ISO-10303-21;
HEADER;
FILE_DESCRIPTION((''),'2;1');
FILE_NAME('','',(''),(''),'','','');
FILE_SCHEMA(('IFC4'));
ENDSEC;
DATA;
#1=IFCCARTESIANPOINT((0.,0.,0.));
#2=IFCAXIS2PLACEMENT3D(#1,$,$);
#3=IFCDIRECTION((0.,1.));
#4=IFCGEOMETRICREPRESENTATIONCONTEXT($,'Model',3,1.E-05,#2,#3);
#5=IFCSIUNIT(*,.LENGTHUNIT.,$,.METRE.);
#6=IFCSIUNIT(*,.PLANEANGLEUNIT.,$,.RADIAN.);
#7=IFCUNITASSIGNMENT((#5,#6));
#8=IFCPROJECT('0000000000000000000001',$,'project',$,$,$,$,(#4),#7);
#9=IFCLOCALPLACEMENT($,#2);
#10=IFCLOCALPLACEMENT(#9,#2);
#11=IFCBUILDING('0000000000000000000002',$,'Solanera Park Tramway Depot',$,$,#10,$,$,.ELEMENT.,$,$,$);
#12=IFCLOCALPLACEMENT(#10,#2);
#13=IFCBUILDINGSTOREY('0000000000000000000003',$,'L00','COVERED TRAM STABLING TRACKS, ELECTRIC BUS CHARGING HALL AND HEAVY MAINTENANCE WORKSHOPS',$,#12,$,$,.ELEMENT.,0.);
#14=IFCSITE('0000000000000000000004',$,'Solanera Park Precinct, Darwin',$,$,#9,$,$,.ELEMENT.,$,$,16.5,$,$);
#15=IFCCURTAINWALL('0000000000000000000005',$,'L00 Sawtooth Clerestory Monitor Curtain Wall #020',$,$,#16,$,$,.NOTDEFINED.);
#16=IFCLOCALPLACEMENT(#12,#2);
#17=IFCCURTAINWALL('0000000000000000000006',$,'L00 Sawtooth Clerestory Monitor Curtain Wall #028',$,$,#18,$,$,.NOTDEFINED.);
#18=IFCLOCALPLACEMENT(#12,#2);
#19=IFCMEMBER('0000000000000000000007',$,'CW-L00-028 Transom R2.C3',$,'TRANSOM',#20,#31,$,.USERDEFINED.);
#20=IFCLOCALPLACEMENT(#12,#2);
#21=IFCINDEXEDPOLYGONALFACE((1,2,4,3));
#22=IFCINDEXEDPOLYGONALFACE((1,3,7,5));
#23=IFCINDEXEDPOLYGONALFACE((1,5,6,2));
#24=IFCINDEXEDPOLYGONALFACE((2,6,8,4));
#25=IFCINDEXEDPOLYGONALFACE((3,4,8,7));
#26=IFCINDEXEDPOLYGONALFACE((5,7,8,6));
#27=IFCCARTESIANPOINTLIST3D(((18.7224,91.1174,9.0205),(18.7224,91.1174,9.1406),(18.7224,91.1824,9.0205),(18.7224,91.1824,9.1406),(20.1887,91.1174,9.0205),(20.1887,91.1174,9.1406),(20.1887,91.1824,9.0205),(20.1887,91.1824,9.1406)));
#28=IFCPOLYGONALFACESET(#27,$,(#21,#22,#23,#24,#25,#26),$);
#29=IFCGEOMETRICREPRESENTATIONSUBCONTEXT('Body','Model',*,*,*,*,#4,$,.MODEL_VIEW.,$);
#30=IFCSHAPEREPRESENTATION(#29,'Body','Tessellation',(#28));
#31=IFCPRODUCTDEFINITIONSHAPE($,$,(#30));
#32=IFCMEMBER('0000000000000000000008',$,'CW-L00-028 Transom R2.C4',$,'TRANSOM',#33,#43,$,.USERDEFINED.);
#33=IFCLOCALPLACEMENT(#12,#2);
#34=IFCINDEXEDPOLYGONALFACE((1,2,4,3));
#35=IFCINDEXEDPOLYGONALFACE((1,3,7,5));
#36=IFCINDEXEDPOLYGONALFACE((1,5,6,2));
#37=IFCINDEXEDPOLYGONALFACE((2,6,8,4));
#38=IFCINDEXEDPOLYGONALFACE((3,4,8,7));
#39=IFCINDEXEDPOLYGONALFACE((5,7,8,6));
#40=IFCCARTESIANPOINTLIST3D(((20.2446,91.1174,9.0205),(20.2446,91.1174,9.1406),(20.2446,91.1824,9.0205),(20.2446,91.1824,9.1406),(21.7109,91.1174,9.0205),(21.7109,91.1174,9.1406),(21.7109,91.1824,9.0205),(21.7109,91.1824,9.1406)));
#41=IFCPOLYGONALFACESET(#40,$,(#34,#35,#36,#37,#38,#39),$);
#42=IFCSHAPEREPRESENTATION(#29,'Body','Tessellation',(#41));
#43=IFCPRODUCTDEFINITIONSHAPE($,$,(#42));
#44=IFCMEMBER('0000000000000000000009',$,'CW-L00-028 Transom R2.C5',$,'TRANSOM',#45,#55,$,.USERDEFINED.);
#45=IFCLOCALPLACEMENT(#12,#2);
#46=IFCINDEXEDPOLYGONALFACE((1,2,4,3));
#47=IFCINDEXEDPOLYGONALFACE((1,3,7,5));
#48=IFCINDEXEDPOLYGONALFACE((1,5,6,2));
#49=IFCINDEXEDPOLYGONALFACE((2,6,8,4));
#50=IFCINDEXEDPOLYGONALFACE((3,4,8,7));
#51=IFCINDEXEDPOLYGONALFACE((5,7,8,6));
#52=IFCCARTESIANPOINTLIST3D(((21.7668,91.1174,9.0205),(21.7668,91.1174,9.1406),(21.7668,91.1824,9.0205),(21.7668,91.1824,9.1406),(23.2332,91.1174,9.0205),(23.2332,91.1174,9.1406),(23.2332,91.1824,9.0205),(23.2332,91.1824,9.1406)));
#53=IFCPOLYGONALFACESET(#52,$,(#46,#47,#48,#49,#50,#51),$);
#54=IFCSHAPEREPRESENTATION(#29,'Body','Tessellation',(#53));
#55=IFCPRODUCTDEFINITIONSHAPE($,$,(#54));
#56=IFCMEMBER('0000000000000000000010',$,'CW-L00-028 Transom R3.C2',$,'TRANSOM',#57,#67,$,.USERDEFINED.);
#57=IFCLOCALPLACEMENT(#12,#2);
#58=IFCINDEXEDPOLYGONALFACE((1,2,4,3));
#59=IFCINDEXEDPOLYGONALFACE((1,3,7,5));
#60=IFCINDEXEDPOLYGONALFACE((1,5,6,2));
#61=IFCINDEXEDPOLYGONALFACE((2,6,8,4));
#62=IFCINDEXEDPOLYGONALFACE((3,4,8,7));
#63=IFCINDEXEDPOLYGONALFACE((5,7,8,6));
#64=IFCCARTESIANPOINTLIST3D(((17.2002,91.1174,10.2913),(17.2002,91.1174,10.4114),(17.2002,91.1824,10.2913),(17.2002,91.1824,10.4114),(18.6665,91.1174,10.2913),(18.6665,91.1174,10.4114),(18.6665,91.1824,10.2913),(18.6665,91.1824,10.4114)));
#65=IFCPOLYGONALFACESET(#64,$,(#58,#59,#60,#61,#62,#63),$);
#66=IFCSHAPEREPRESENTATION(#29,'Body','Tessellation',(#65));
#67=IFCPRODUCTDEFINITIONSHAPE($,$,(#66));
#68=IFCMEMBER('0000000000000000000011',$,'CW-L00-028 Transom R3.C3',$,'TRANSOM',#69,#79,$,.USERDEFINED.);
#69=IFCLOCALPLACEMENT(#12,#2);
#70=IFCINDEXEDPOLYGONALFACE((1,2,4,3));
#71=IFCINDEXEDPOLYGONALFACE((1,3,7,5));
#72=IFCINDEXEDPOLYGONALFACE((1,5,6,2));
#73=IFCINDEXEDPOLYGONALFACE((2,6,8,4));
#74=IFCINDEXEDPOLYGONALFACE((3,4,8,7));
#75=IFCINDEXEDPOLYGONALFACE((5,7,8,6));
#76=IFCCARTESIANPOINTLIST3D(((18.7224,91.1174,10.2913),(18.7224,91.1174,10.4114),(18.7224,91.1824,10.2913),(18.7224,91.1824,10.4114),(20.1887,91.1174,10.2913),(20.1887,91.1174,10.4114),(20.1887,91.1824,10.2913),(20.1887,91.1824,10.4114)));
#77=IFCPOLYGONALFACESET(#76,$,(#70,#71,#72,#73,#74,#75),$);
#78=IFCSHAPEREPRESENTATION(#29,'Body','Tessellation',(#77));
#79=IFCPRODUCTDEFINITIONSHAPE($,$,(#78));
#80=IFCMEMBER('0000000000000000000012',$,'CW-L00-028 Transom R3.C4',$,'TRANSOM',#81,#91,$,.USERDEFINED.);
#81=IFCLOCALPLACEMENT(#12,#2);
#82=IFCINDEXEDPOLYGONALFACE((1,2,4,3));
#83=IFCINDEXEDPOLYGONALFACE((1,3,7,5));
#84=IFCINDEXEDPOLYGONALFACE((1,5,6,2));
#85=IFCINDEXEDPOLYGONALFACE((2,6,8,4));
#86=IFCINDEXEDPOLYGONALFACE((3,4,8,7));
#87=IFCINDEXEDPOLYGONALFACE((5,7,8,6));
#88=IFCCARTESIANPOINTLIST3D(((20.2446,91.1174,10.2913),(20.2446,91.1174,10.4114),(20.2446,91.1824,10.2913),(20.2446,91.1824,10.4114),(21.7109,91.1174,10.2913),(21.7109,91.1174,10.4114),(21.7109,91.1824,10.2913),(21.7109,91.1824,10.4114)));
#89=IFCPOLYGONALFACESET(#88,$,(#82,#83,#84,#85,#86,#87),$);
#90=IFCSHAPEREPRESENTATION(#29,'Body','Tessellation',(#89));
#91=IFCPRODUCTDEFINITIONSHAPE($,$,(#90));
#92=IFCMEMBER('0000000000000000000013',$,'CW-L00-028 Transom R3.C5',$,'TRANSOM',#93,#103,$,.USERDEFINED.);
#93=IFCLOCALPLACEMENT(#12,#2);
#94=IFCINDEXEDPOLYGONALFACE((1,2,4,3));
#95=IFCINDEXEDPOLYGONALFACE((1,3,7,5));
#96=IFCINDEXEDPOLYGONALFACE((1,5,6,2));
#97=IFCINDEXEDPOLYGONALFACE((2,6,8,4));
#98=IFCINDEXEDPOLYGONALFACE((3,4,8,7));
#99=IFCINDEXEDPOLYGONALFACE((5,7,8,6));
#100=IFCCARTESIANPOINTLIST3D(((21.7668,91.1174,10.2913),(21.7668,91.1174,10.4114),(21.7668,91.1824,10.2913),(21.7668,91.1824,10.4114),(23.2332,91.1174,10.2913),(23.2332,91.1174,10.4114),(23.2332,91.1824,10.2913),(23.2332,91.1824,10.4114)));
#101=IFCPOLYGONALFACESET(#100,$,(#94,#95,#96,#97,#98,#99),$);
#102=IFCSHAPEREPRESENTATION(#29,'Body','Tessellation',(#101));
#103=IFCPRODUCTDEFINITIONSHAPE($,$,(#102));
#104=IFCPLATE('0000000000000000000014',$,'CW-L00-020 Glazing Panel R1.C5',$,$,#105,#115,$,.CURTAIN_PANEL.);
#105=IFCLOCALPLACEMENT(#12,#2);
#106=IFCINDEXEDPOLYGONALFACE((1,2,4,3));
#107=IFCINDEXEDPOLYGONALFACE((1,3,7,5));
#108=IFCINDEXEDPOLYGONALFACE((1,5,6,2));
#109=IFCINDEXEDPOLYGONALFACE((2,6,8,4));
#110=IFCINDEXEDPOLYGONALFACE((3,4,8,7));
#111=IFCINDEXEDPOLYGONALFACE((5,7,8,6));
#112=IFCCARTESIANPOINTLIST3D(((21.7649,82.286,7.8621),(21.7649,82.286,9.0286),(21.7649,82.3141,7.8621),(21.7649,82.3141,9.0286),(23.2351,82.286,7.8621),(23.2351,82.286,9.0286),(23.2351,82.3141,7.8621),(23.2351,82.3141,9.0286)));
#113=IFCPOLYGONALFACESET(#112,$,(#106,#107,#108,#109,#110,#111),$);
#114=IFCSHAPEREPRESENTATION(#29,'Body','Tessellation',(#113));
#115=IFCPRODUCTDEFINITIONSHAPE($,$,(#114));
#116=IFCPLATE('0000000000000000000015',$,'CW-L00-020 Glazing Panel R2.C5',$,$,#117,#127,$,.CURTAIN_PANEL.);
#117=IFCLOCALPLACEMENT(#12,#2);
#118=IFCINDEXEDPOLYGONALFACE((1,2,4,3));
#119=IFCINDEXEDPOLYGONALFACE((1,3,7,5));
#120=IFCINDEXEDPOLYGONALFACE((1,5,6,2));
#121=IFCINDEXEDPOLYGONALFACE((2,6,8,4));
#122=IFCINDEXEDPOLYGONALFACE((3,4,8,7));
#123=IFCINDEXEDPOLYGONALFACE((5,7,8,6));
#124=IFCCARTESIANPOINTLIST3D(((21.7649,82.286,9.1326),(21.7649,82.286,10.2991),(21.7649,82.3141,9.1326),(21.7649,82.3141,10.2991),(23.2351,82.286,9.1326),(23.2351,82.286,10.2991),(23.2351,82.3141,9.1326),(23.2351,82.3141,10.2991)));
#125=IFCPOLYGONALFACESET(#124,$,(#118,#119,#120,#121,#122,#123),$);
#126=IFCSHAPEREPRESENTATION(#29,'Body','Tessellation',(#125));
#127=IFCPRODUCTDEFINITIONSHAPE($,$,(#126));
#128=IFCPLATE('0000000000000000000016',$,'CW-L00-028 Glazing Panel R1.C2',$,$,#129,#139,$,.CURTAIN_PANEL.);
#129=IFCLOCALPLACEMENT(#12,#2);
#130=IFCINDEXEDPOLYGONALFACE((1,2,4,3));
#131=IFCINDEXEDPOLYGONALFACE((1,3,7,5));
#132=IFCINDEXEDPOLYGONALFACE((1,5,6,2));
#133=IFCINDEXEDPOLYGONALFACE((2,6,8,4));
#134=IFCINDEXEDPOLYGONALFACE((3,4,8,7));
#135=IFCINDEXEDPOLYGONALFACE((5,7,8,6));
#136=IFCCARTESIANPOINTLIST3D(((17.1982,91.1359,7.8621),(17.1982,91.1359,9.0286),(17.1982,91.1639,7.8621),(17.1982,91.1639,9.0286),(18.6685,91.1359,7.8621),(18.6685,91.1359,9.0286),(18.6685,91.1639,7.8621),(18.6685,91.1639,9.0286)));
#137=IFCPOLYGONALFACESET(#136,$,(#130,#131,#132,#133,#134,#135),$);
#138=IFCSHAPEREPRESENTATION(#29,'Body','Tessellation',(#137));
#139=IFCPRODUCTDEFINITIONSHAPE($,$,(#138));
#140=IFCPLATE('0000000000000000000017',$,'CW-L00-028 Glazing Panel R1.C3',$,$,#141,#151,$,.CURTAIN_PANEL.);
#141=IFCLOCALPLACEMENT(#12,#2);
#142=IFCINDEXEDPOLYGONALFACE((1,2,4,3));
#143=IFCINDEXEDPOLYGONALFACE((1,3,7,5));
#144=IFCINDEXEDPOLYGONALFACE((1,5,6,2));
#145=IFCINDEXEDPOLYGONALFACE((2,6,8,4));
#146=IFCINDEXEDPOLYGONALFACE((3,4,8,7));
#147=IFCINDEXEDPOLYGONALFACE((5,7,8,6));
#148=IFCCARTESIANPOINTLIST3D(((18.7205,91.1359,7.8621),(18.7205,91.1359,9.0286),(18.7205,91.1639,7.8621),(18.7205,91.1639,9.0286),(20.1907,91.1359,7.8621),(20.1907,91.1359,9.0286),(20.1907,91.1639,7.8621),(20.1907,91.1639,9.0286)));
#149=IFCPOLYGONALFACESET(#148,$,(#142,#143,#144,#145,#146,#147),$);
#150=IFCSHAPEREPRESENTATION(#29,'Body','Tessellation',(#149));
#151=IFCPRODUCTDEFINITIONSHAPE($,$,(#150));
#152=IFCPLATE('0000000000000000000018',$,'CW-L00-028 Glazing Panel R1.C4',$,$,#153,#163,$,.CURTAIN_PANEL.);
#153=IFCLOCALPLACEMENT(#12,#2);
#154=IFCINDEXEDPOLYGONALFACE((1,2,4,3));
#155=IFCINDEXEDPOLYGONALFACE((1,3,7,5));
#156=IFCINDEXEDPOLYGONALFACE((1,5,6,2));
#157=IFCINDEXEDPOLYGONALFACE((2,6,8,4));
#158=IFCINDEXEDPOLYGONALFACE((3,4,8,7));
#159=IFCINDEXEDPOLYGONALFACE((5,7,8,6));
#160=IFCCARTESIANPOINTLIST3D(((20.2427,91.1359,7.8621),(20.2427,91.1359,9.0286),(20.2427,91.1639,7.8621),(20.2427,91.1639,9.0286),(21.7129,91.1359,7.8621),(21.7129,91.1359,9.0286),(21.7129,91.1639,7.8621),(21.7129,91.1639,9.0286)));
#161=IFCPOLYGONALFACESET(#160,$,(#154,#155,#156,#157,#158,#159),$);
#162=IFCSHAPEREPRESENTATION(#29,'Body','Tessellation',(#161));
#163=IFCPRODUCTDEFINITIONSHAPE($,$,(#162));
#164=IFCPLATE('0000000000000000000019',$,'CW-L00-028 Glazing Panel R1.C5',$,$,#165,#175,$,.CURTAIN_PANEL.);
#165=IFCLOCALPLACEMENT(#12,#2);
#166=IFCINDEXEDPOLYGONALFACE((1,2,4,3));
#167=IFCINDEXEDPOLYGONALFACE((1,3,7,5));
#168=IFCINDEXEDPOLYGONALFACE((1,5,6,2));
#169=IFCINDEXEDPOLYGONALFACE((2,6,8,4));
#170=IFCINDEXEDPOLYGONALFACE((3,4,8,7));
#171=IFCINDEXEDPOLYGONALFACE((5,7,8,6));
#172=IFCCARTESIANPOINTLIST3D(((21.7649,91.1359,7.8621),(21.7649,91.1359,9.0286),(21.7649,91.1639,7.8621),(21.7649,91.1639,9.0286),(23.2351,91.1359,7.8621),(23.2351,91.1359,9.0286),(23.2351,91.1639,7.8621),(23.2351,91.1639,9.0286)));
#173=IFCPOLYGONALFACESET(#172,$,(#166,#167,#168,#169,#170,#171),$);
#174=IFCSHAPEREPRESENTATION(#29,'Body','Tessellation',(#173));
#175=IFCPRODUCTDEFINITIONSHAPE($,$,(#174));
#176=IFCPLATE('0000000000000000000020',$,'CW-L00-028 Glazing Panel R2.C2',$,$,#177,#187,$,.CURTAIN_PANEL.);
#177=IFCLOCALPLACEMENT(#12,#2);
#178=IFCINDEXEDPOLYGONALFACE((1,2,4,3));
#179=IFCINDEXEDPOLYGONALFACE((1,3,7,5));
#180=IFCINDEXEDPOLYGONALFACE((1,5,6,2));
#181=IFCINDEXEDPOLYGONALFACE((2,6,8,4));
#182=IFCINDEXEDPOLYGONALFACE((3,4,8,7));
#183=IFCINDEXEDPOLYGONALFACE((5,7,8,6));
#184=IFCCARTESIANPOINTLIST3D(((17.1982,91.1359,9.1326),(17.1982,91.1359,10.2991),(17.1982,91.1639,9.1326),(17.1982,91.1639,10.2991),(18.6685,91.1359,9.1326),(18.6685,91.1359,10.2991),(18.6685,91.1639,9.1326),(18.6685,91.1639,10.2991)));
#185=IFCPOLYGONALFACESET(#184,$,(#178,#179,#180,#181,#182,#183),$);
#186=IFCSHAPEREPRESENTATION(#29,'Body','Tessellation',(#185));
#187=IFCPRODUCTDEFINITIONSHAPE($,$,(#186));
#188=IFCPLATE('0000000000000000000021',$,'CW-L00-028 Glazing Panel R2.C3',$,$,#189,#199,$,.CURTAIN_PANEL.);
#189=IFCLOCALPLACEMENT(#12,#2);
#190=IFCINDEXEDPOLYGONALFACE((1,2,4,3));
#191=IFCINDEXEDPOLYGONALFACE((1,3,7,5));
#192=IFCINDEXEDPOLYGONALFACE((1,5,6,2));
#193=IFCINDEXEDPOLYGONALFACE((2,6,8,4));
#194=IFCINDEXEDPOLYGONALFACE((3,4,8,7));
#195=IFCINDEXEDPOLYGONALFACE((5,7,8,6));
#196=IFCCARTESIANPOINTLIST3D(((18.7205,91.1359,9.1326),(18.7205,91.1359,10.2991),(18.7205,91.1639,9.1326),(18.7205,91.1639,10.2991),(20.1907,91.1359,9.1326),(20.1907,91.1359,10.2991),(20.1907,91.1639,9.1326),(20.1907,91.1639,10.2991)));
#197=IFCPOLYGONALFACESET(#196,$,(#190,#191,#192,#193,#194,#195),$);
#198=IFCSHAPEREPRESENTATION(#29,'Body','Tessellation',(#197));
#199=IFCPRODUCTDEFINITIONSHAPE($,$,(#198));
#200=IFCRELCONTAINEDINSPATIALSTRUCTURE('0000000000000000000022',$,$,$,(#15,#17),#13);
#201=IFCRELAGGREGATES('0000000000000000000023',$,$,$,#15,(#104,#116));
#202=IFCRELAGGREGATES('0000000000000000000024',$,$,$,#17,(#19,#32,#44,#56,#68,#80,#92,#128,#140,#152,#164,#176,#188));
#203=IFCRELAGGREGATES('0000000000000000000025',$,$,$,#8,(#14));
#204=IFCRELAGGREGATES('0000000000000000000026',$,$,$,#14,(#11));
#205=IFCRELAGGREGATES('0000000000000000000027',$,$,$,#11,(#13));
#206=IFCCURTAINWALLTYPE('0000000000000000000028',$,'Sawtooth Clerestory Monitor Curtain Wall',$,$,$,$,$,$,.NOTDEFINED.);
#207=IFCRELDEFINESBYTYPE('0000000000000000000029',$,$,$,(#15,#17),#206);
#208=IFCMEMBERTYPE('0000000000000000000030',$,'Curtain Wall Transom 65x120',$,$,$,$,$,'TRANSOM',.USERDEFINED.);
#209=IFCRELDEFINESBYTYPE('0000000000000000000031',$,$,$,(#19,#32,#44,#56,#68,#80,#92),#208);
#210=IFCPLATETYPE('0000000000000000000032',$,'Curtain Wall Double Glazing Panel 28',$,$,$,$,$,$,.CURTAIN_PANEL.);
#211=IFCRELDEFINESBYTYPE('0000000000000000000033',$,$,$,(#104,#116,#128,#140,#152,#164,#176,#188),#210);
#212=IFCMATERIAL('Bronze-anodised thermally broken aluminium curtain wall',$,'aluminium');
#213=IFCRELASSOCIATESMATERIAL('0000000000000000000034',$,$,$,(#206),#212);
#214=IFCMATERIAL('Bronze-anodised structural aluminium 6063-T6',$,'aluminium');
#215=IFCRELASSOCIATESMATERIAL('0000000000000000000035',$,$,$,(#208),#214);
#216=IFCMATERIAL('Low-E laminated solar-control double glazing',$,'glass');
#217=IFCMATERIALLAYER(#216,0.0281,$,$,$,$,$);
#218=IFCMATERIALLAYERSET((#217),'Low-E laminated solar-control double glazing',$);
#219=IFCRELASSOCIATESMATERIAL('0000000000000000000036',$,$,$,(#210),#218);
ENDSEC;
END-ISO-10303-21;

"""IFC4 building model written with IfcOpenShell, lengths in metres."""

from ifc_helpers import new_model, si_unit, direction, frame, origin, origin_2d, place, context, subcontext, project, spatial, rectangle, extrude, material, layer, layer_set, material_profile, profile_set, type_object, element, aggregate, save


model = new_model("IFC4")

# Units and contexts
model_context = context("Model", 3, precision=1e-05, world=origin(), true_north=direction((0.0, 1.0)))
body_context = subcontext(model_context, "Body", "Model", "MODEL_VIEW")
ifc_project = project(units=[si_unit("LENGTHUNIT", "METRE"), si_unit("PLANEANGLEUNIT", "RADIAN")], contexts=[model_context])

# Site, building, storey
site_placement = place(None, origin())
site = spatial("IfcSite", under=ifc_project, at=site_placement, Name="Solanera Park Precinct, Darwin", CompositionType="ELEMENT", RefElevation=16.5)
building_placement = place(site_placement, origin())
building = spatial("IfcBuilding", under=site, at=building_placement, Name="Solanera Park Tramway Depot", CompositionType="ELEMENT")
storey_placement = place(building_placement, origin())
storey = spatial("IfcBuildingStorey", under=building, at=storey_placement, Name="L00", Description="COVERED TRAM STABLING TRACKS, ELECTRIC BUS CHARGING HALL AND HEAVY MAINTENANCE WORKSHOPS", CompositionType="ELEMENT", Elevation=0.0)

# Curtain wall
ifc_material_1 = material(Name="Bronze-anodised thermally broken aluminium curtain wall", Category="aluminium")
curtain_wall_type = type_object("IfcCurtainWallType", Name="Sawtooth Clerestory Monitor Curtain Wall", PredefinedType="NOTDEFINED", material=ifc_material_1)
curtain_wall_1_placement = place(storey_placement, origin())
curtain_wall_1 = element("IfcCurtainWall", 1, at=curtain_wall_1_placement, inside=storey, type_object=curtain_wall_type, Name="L00 Sawtooth Clerestory Monitor Curtain Wall #020", PredefinedType="NOTDEFINED")

# Curtain wall
curtain_wall_2_placement = place(storey_placement, origin())
curtain_wall_2 = element("IfcCurtainWall", 2, at=curtain_wall_2_placement, inside=storey, type_object=curtain_wall_type, Name="L00 Sawtooth Clerestory Monitor Curtain Wall #028", PredefinedType="NOTDEFINED")

# Members
ifc_material_2 = material(Name="Bronze-anodised structural aluminium 6063-T6", Category="aluminium")
ifc_material_profile_1 = material_profile(ifc_material_2, rectangle(XDim=0.0649, YDim=0.1201, at=origin_2d()), Name="Curtain Wall Transom 65x120")
ifc_profile_set_1 = profile_set([ifc_material_profile_1], Name="Bronze-anodised structural aluminium 6063-T6")
member_type_1 = type_object("IfcMemberType", Name="Curtain Wall Transom 65x120", ElementType="TRANSOM", PredefinedType="USERDEFINED", material=ifc_profile_set_1)
member_1_placement = place(storey_placement, frame((18.7224, 91.1499, 9.0806), z_axis=(1.0, 0.0, 0.0), x_axis=(0.0, 1.0, 0.0)))
member_1 = element("IfcMember", 3, at=member_1_placement, type_object=member_type_1, Name="CW-L00-028 Transom R2.C3", ObjectType="TRANSOM", PredefinedType="USERDEFINED", context=body_context, shape_type="SweptSolid", body=[
    extrude(rectangle(XDim=0.0649, YDim=0.1201, at=origin_2d()), origin(), (0.0, 0.0, 1.0), 1.4663),
])
member_2_placement = place(storey_placement, frame((20.2446, 91.1499, 9.0806), z_axis=(1.0, 0.0, 0.0), x_axis=(0.0, 1.0, 0.0)))
member_2 = element("IfcMember", 4, at=member_2_placement, type_object=member_type_1, Name="CW-L00-028 Transom R2.C4", ObjectType="TRANSOM", PredefinedType="USERDEFINED", context=body_context, shape_type="SweptSolid", body=[
    extrude(rectangle(XDim=0.0649, YDim=0.1201, at=origin_2d()), origin(), (0.0, 0.0, 1.0), 1.4663),
])
member_3_placement = place(storey_placement, frame((21.7668, 91.1499, 9.0806), z_axis=(1.0, 0.0, 0.0), x_axis=(0.0, 1.0, 0.0)))
member_3 = element("IfcMember", 5, at=member_3_placement, type_object=member_type_1, Name="CW-L00-028 Transom R2.C5", ObjectType="TRANSOM", PredefinedType="USERDEFINED", context=body_context, shape_type="SweptSolid", body=[
    extrude(rectangle(XDim=0.0649, YDim=0.1201, at=origin_2d()), origin(), (0.0, 0.0, 1.0), 1.4663),
])
member_4_placement = place(storey_placement, frame((17.2002, 91.1499, 10.3513), z_axis=(1.0, 0.0, 0.0), x_axis=(0.0, 1.0, 0.0)))
member_4 = element("IfcMember", 6, at=member_4_placement, type_object=member_type_1, Name="CW-L00-028 Transom R3.C2", ObjectType="TRANSOM", PredefinedType="USERDEFINED", context=body_context, shape_type="SweptSolid", body=[
    extrude(rectangle(XDim=0.0649, YDim=0.1201, at=origin_2d()), origin(), (0.0, 0.0, 1.0), 1.4663),
])
member_5_placement = place(storey_placement, frame((18.7224, 91.1499, 10.3513), z_axis=(1.0, 0.0, 0.0), x_axis=(0.0, 1.0, 0.0)))
member_5 = element("IfcMember", 7, at=member_5_placement, type_object=member_type_1, Name="CW-L00-028 Transom R3.C3", ObjectType="TRANSOM", PredefinedType="USERDEFINED", context=body_context, shape_type="SweptSolid", body=[
    extrude(rectangle(XDim=0.0649, YDim=0.1201, at=origin_2d()), origin(), (0.0, 0.0, 1.0), 1.4663),
])
member_6_placement = place(storey_placement, frame((20.2446, 91.1499, 10.3513), z_axis=(1.0, 0.0, 0.0), x_axis=(0.0, 1.0, 0.0)))
member_6 = element("IfcMember", 8, at=member_6_placement, type_object=member_type_1, Name="CW-L00-028 Transom R3.C4", ObjectType="TRANSOM", PredefinedType="USERDEFINED", context=body_context, shape_type="SweptSolid", body=[
    extrude(rectangle(XDim=0.0649, YDim=0.1201, at=origin_2d()), origin(), (0.0, 0.0, 1.0), 1.4663),
])
member_7_placement = place(storey_placement, frame((21.7668, 91.1499, 10.3513), z_axis=(1.0, 0.0, 0.0), x_axis=(0.0, 1.0, 0.0)))
member_7 = element("IfcMember", 9, at=member_7_placement, type_object=member_type_1, Name="CW-L00-028 Transom R3.C5", ObjectType="TRANSOM", PredefinedType="USERDEFINED", context=body_context, shape_type="SweptSolid", body=[
    extrude(rectangle(XDim=0.0649, YDim=0.1201, at=origin_2d()), origin(), (0.0, 0.0, 1.0), 1.4663),
])

# Plates
ifc_material_3 = material(Name="Low-E laminated solar-control double glazing", Category="glass")
ifc_layer = layer(ifc_material_3, 0.0281)
ifc_layer_set = layer_set([ifc_layer], Name="Low-E laminated solar-control double glazing")
plate_type = type_object("IfcPlateType", Name="Curtain Wall Double Glazing Panel 28", PredefinedType="CURTAIN_PANEL", material=ifc_layer_set)
plate_1_placement = place(storey_placement, frame((22.5, 82.3, 7.8621), z_axis=(0.0, 0.0, 1.0), x_axis=(1.0, 0.0, 0.0)))
plate_1 = element("IfcPlate", 10, at=plate_1_placement, type_object=plate_type, Name="CW-L00-020 Glazing Panel R1.C5", PredefinedType="CURTAIN_PANEL", context=body_context, shape_type="SweptSolid", body=[
    extrude(rectangle(XDim=1.4702, YDim=0.0281, at=origin_2d()), origin(), (0.0, 0.0, 1.0), 1.1665),
])
plate_2_placement = place(storey_placement, frame((22.5, 82.3, 9.1326), z_axis=(0.0, 0.0, 1.0), x_axis=(1.0, 0.0, 0.0)))
plate_2 = element("IfcPlate", 11, at=plate_2_placement, type_object=plate_type, Name="CW-L00-020 Glazing Panel R2.C5", PredefinedType="CURTAIN_PANEL", context=body_context, shape_type="SweptSolid", body=[
    extrude(rectangle(XDim=1.4702, YDim=0.0281, at=origin_2d()), origin(), (0.0, 0.0, 1.0), 1.1665),
])
aggregate(curtain_wall_1, [plate_1, plate_2])
plate_3_placement = place(storey_placement, frame((17.9333, 91.1499, 7.8621), z_axis=(0.0, 0.0, 1.0), x_axis=(1.0, 0.0, 0.0)))
plate_3 = element("IfcPlate", 12, at=plate_3_placement, type_object=plate_type, Name="CW-L00-028 Glazing Panel R1.C2", PredefinedType="CURTAIN_PANEL", context=body_context, shape_type="SweptSolid", body=[
    extrude(rectangle(XDim=1.4702, YDim=0.0281, at=origin_2d()), origin(), (0.0, 0.0, 1.0), 1.1665),
])
plate_4_placement = place(storey_placement, frame((19.4556, 91.1499, 7.8621), z_axis=(0.0, 0.0, 1.0), x_axis=(1.0, 0.0, 0.0)))
plate_4 = element("IfcPlate", 13, at=plate_4_placement, type_object=plate_type, Name="CW-L00-028 Glazing Panel R1.C3", PredefinedType="CURTAIN_PANEL", context=body_context, shape_type="SweptSolid", body=[
    extrude(rectangle(XDim=1.4702, YDim=0.0281, at=origin_2d()), origin(), (0.0, 0.0, 1.0), 1.1665),
])
plate_5_placement = place(storey_placement, frame((20.9778, 91.1499, 7.8621), z_axis=(0.0, 0.0, 1.0), x_axis=(1.0, 0.0, 0.0)))
plate_5 = element("IfcPlate", 14, at=plate_5_placement, type_object=plate_type, Name="CW-L00-028 Glazing Panel R1.C4", PredefinedType="CURTAIN_PANEL", context=body_context, shape_type="SweptSolid", body=[
    extrude(rectangle(XDim=1.4702, YDim=0.0281, at=origin_2d()), origin(), (0.0, 0.0, 1.0), 1.1665),
])
plate_6_placement = place(storey_placement, frame((22.5, 91.1499, 7.8621), z_axis=(0.0, 0.0, 1.0), x_axis=(1.0, 0.0, 0.0)))
plate_6 = element("IfcPlate", 15, at=plate_6_placement, type_object=plate_type, Name="CW-L00-028 Glazing Panel R1.C5", PredefinedType="CURTAIN_PANEL", context=body_context, shape_type="SweptSolid", body=[
    extrude(rectangle(XDim=1.4702, YDim=0.0281, at=origin_2d()), origin(), (0.0, 0.0, 1.0), 1.1665),
])
plate_7_placement = place(storey_placement, frame((17.9333, 91.1499, 9.1326), z_axis=(0.0, 0.0, 1.0), x_axis=(1.0, 0.0, 0.0)))
plate_7 = element("IfcPlate", 16, at=plate_7_placement, type_object=plate_type, Name="CW-L00-028 Glazing Panel R2.C2", PredefinedType="CURTAIN_PANEL", context=body_context, shape_type="SweptSolid", body=[
    extrude(rectangle(XDim=1.4702, YDim=0.0281, at=origin_2d()), origin(), (0.0, 0.0, 1.0), 1.1665),
])
plate_8_placement = place(storey_placement, frame((19.4556, 91.1499, 9.1326), z_axis=(0.0, 0.0, 1.0), x_axis=(1.0, 0.0, 0.0)))
plate_8 = element("IfcPlate", 17, at=plate_8_placement, type_object=plate_type, Name="CW-L00-028 Glazing Panel R2.C3", PredefinedType="CURTAIN_PANEL", context=body_context, shape_type="SweptSolid", body=[
    extrude(rectangle(XDim=1.4702, YDim=0.0281, at=origin_2d()), origin(), (0.0, 0.0, 1.0), 1.1665),
])
aggregate(curtain_wall_2, [member_1, member_2, member_3, member_4, member_5, member_6, member_7, plate_3, plate_4, plate_5, plate_6, plate_7, plate_8])

save(model, "model.ifc")
